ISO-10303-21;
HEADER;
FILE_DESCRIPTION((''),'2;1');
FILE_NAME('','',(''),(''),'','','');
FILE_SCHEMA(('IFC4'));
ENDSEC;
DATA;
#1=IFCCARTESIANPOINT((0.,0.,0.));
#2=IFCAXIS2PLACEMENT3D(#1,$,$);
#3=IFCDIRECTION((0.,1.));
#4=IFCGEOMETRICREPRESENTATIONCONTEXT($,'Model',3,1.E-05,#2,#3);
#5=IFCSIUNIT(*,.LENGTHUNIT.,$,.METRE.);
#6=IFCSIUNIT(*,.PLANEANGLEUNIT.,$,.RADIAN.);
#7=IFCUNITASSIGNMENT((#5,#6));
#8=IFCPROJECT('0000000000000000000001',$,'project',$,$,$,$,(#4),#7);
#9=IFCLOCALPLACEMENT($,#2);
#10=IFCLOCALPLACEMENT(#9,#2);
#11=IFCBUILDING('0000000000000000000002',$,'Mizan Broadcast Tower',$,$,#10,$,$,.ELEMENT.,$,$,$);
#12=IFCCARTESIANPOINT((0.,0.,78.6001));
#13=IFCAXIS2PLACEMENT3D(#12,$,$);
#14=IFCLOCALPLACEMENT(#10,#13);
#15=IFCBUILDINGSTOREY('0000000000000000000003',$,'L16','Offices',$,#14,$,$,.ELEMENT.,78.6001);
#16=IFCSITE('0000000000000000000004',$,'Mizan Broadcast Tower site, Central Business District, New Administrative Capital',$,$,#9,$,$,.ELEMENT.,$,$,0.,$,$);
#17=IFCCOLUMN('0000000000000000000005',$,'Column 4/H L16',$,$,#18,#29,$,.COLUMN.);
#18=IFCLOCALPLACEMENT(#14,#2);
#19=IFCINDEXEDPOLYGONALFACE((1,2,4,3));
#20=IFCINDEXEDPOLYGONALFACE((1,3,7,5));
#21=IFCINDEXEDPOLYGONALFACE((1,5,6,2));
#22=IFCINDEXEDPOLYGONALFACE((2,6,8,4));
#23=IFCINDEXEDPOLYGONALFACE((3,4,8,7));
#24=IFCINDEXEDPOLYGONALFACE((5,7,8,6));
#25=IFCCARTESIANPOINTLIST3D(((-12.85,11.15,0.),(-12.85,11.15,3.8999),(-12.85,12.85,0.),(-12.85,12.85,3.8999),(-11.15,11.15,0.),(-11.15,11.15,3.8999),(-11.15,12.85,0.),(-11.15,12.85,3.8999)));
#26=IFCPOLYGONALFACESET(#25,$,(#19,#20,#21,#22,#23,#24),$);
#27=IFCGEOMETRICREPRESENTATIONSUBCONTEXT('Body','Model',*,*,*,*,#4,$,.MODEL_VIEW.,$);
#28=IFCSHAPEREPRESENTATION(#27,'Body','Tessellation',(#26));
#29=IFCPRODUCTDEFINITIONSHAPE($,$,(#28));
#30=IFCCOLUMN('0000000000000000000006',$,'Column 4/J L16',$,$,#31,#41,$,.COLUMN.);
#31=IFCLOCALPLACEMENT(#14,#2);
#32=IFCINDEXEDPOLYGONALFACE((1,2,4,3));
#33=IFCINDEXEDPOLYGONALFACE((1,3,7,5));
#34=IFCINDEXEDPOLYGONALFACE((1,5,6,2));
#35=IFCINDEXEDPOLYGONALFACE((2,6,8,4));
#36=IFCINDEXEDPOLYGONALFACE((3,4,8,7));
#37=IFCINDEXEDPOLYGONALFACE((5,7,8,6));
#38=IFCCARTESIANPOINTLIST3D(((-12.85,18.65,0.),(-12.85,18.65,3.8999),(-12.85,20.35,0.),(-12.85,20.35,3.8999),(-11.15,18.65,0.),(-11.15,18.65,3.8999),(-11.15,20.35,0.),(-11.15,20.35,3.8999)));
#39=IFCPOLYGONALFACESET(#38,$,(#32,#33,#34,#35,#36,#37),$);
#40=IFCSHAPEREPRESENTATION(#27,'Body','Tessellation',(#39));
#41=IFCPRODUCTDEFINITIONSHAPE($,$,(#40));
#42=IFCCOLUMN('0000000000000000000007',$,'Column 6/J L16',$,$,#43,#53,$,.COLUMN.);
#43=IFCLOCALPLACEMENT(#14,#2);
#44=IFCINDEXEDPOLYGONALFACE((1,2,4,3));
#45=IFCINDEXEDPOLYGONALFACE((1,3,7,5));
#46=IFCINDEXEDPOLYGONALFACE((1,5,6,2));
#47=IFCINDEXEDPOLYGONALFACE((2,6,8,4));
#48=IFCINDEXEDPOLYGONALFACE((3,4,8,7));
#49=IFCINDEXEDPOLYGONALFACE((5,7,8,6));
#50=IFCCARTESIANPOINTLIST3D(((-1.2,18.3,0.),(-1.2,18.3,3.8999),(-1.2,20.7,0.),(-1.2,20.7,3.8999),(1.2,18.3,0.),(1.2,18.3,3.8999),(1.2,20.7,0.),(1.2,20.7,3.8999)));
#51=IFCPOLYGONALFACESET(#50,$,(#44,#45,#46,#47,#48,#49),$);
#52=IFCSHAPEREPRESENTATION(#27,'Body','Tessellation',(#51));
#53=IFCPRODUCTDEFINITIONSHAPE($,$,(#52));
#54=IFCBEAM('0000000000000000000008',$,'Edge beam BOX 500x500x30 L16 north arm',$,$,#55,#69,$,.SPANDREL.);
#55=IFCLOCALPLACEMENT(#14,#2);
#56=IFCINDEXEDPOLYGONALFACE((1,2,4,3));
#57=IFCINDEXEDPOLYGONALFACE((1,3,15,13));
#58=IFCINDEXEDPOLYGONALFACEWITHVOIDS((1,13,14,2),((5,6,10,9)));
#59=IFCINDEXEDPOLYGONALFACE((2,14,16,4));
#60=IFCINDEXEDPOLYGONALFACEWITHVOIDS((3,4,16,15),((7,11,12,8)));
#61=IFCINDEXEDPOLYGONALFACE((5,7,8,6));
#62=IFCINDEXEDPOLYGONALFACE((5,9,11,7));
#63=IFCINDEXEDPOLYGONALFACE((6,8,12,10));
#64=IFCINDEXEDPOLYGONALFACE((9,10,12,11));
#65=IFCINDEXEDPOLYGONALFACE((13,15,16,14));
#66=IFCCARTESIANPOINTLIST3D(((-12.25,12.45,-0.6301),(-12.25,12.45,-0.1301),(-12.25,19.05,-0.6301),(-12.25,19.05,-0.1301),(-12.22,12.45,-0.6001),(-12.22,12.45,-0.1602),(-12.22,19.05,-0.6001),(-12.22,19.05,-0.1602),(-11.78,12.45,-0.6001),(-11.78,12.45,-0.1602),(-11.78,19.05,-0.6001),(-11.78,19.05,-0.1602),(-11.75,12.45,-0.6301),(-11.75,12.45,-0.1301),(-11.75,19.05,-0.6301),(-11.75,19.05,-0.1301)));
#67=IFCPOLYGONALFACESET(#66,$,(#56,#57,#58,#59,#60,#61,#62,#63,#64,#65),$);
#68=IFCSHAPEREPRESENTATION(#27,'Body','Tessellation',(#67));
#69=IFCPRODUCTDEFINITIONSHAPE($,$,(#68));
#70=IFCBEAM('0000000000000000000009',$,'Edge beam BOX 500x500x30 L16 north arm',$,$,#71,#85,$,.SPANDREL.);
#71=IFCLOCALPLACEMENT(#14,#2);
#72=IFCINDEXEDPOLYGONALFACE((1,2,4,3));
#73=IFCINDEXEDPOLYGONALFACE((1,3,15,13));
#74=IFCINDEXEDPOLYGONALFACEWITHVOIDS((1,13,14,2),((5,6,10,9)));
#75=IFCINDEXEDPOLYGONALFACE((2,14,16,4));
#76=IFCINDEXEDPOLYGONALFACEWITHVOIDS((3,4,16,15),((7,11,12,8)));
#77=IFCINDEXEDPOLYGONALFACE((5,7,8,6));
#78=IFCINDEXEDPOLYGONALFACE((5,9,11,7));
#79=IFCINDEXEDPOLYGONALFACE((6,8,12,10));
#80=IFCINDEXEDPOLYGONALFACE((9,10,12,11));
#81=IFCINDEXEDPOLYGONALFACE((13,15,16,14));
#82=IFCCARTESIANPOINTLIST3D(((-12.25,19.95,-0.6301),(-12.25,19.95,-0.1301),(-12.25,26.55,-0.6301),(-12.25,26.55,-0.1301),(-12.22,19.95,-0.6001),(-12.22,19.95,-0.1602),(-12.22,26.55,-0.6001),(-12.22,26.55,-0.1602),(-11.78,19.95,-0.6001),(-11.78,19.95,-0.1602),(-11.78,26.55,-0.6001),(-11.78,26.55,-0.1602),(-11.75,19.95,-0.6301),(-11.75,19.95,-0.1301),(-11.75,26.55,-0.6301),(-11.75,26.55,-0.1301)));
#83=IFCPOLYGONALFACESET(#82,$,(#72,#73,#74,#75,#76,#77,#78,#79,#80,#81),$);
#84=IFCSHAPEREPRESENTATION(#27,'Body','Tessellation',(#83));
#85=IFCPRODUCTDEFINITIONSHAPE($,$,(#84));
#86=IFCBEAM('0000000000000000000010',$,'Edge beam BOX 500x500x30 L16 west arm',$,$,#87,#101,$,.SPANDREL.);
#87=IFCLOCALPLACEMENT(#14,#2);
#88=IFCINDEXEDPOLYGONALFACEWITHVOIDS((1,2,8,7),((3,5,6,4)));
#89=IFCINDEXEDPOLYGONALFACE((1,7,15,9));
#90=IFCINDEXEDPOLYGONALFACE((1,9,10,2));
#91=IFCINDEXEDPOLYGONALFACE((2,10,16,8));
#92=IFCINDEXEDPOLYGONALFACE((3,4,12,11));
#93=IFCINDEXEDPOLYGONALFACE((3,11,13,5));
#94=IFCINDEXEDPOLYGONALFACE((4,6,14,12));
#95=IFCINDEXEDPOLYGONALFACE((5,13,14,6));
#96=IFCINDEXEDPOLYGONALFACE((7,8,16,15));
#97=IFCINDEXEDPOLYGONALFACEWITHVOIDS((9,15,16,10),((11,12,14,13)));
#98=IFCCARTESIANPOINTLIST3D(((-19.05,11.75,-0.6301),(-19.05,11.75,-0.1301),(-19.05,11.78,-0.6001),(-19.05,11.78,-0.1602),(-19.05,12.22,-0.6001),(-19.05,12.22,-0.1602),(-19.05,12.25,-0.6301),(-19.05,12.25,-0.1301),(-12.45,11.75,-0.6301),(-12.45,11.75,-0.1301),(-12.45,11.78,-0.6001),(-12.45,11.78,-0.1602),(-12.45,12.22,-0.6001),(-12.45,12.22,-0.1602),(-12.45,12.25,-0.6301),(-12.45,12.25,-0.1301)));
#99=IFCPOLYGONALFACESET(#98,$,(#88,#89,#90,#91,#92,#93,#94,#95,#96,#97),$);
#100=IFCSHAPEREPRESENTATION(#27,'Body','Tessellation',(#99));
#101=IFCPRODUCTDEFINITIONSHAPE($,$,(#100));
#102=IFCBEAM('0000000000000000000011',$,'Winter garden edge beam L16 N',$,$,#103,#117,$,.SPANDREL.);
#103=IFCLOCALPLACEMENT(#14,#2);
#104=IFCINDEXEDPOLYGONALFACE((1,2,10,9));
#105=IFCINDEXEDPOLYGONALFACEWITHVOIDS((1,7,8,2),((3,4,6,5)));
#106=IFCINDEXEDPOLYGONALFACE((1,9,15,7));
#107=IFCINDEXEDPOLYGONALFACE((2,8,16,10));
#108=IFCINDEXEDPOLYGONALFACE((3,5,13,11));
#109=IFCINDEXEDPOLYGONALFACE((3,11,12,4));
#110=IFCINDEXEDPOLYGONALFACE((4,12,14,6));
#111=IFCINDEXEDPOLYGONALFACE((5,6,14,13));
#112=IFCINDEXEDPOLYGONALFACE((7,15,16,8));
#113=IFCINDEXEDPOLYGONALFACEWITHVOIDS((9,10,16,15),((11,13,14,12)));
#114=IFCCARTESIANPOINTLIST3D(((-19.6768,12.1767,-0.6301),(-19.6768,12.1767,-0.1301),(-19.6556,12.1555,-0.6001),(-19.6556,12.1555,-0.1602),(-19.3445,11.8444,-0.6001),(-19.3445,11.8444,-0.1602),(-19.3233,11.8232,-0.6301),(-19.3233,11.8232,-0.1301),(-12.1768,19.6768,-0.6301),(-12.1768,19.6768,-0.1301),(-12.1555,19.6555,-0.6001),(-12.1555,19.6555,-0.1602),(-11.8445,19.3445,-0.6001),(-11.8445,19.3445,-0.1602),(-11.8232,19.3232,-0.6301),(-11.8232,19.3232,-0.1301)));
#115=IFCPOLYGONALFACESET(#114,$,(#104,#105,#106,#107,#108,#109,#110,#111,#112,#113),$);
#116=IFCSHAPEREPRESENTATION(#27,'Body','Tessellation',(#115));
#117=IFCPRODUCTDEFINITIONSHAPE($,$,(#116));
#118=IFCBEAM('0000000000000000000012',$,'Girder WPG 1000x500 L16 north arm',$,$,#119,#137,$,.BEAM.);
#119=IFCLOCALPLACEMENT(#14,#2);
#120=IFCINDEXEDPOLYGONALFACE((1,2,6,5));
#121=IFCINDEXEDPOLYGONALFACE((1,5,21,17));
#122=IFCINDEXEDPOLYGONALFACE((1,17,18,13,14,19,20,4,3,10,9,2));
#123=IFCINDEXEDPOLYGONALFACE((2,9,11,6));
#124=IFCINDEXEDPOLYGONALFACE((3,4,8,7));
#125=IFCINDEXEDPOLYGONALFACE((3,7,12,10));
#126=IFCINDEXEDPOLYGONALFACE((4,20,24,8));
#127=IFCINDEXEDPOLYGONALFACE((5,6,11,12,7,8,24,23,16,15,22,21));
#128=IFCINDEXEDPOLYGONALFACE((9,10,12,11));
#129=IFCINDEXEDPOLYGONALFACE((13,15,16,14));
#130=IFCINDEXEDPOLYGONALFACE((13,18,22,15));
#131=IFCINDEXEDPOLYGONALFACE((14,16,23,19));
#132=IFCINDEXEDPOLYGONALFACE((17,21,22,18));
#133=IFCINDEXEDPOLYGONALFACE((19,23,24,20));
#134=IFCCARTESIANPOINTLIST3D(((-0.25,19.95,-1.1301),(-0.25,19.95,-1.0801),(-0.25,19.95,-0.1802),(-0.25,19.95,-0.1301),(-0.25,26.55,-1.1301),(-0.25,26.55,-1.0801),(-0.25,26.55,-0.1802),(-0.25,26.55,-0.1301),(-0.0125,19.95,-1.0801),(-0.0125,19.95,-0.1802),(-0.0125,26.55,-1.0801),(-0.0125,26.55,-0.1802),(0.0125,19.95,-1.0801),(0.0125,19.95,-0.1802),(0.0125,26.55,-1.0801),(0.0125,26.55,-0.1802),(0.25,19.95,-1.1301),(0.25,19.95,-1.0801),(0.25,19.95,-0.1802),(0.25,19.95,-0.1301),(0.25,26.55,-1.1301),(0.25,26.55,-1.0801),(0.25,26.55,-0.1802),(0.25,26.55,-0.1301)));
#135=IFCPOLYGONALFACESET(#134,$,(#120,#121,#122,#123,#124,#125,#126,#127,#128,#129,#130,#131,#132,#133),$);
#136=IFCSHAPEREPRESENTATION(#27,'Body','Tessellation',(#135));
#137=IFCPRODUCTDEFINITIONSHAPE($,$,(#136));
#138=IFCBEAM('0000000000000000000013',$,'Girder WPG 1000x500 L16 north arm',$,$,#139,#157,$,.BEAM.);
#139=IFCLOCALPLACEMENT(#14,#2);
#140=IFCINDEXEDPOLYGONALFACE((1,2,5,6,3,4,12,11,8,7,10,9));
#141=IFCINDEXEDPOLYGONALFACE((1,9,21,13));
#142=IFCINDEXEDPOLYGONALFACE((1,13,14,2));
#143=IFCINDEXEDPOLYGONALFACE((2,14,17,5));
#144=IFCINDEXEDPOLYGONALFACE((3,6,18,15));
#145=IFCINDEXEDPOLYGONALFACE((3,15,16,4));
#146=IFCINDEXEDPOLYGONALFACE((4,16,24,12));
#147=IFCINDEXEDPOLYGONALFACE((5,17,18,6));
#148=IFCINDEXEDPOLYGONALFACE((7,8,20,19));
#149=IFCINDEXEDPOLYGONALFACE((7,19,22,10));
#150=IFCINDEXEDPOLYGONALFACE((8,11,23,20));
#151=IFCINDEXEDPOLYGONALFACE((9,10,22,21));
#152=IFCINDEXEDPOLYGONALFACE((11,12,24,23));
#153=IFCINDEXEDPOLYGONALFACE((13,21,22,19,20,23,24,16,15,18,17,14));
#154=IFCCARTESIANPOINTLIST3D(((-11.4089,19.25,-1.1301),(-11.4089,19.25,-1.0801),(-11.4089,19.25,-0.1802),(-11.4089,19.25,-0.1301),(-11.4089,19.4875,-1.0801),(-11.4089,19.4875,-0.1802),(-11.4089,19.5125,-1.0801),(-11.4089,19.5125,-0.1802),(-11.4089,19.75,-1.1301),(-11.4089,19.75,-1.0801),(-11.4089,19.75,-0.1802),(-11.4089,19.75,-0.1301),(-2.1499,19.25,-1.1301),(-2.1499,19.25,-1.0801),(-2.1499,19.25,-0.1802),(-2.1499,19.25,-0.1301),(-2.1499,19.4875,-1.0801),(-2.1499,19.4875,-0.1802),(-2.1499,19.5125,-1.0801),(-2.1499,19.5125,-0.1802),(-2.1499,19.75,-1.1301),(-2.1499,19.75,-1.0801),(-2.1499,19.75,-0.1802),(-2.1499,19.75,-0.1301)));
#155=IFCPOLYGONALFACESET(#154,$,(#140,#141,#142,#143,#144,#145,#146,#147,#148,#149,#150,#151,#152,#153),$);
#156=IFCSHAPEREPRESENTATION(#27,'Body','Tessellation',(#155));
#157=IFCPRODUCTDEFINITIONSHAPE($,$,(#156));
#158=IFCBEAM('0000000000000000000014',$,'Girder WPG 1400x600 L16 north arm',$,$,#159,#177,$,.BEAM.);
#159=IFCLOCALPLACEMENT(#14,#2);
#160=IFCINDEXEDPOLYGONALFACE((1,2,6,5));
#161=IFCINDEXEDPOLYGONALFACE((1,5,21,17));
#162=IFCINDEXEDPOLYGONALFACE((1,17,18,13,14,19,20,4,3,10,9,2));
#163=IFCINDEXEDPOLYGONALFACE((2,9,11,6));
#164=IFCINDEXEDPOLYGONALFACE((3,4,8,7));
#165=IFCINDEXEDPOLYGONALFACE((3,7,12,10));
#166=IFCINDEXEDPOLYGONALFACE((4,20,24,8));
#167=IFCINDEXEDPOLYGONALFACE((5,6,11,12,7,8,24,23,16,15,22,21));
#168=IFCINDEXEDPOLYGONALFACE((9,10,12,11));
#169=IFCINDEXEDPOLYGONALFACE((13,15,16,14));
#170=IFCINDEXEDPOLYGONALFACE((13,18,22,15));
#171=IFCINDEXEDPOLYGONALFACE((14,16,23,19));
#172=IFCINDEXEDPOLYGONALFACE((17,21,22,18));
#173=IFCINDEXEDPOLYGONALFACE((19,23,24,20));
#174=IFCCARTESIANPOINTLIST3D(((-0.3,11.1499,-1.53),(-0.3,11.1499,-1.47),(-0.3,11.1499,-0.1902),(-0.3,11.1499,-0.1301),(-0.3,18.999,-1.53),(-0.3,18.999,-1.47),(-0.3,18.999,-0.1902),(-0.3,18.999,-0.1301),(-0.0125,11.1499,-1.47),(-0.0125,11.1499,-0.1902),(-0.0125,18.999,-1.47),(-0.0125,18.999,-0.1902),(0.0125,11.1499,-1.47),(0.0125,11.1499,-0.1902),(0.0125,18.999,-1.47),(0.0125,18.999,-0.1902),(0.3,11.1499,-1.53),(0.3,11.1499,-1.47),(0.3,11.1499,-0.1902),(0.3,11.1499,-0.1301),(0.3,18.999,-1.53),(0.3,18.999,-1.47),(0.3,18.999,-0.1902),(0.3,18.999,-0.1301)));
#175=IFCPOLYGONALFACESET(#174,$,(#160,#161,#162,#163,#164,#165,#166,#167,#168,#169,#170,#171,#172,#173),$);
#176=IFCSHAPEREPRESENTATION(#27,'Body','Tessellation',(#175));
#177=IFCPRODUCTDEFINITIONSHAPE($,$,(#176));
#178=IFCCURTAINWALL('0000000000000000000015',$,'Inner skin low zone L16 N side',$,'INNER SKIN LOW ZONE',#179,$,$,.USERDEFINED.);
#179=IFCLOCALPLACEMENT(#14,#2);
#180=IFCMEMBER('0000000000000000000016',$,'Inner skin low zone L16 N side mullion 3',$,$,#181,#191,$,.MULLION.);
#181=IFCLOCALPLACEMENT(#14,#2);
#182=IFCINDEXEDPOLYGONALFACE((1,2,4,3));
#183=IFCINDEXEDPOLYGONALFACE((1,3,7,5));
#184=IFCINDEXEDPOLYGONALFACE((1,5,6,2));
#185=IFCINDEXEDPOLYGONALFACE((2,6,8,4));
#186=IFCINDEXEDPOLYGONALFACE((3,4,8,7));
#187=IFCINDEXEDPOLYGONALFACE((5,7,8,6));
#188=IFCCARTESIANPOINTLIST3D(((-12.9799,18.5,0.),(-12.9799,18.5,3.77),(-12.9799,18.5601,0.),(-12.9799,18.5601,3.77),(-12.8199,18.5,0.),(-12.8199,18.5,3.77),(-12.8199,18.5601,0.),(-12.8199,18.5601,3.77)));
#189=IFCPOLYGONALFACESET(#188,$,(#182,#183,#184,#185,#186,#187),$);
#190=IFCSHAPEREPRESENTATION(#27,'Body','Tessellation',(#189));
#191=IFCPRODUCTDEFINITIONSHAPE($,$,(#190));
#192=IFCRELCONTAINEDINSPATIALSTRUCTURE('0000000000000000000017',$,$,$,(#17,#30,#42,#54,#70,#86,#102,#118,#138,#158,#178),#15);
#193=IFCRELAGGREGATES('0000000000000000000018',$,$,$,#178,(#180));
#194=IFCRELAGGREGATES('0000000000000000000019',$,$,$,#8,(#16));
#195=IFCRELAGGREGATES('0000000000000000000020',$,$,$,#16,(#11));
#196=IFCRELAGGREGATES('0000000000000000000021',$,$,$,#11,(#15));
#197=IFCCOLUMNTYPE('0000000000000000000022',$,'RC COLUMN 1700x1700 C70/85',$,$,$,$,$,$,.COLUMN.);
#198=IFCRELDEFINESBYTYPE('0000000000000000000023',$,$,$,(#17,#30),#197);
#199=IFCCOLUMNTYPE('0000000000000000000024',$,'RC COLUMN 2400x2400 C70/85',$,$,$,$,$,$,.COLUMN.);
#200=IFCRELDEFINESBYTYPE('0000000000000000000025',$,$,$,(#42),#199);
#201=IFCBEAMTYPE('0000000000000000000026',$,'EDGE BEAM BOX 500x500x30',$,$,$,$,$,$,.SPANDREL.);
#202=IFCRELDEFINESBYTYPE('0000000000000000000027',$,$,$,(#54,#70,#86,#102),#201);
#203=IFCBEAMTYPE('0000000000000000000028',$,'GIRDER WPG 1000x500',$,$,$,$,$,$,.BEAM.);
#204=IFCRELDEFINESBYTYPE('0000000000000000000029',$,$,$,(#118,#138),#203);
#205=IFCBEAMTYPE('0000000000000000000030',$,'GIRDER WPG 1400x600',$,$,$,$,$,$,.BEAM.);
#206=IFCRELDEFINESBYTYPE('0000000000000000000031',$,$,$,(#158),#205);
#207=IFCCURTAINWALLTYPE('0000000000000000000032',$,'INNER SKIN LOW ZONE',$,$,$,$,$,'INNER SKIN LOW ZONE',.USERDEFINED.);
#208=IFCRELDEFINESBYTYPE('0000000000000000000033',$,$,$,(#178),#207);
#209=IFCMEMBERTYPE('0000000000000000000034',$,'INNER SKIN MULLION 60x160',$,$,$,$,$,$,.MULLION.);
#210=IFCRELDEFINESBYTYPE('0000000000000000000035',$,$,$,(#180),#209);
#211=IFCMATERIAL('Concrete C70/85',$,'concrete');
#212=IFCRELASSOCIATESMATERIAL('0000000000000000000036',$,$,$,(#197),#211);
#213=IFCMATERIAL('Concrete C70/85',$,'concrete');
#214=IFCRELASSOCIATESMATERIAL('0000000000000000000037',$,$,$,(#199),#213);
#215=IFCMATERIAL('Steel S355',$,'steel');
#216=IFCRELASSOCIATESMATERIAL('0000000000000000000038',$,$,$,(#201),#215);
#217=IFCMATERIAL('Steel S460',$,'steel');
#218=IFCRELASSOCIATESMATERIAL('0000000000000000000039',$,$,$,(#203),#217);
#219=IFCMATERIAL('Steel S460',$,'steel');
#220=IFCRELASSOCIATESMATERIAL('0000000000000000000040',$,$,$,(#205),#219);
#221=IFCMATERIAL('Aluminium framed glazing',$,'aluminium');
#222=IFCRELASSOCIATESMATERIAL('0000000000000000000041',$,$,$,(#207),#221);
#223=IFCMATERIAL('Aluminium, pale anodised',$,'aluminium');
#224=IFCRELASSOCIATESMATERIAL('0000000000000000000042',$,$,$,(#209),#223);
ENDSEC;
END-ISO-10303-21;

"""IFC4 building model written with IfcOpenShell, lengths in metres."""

from ifc_helpers import new_model, si_unit, direction, frame, origin, origin_2d, place, context, subcontext, project, spatial, rectangle, hollow_rectangle, i_section, extrude, material, material_profile, profile_set, type_object, element, aggregate, save


model = new_model("IFC4")

# Units and contexts
model_context = context("Model", 3, precision=1e-05, world=origin(), true_north=direction((0.0, 1.0)))
body_context = subcontext(model_context, "Body", "Model", "MODEL_VIEW")
ifc_project = project(units=[si_unit("LENGTHUNIT", "METRE"), si_unit("PLANEANGLEUNIT", "RADIAN")], contexts=[model_context])

# Site, building, storey
site_placement = place(None, origin())
site = spatial("IfcSite", under=ifc_project, at=site_placement, Name="Mizan Broadcast Tower site, Central Business District, New Administrative Capital", CompositionType="ELEMENT", RefElevation=0.0)
building_placement = place(site_placement, origin())
building = spatial("IfcBuilding", under=site, at=building_placement, Name="Mizan Broadcast Tower", CompositionType="ELEMENT")
storey_placement = place(building_placement, frame((0.0, 0.0, 78.6001)))
storey = spatial("IfcBuildingStorey", under=building, at=storey_placement, Name="L16", Description="Offices", CompositionType="ELEMENT", Elevation=78.6001)

# Columns
ifc_material_1 = material(Name="Concrete C70/85", Category="concrete")
ifc_material_profile_1 = material_profile(ifc_material_1, rectangle(XDim=1.7, YDim=1.7, at=origin_2d()), Name="RC 1700x1700")
ifc_profile_set_1 = profile_set([ifc_material_profile_1], Name="Concrete C70/85")
column_type_1 = type_object("IfcColumnType", Name="RC COLUMN 1700x1700 C70/85", PredefinedType="COLUMN", material=ifc_profile_set_1)
for number, where, z_axis, x_axis, name in (
    (1, (-12.0, 12.0, 0.0), (0.0, 0.0, 1.0), (1.0, 0.0, 0.0), "Column 4/H L16"),
    (2, (-12.0, 19.5, 0.0), (0.0, 0.0, 1.0), (1.0, 0.0, 0.0), "Column 4/J L16"),
):
    element("IfcColumn", number, at=place(storey_placement, frame(where, z_axis=z_axis, x_axis=x_axis)), inside=storey, type_object=column_type_1, Name=name, PredefinedType="COLUMN", context=body_context, shape_type="SweptSolid", body=[
        extrude(rectangle(XDim=1.7, YDim=1.7, at=origin_2d()), origin(), (0.0, 0.0, 1.0), 3.8999),
    ])
ifc_material_2 = material(Name="Concrete C70/85", Category="concrete")
ifc_material_profile_2 = material_profile(ifc_material_2, rectangle(XDim=2.3999, YDim=2.3999, at=origin_2d()), Name="RC 2400x2400")
ifc_profile_set_2 = profile_set([ifc_material_profile_2], Name="Concrete C70/85")
column_type_2 = type_object("IfcColumnType", Name="RC COLUMN 2400x2400 C70/85", PredefinedType="COLUMN", material=ifc_profile_set_2)
column_placement = place(storey_placement, frame((0.0, 19.5, 0.0), z_axis=(0.0, 0.0, 1.0), x_axis=(1.0, 0.0, 0.0)))
element("IfcColumn", 3, at=column_placement, inside=storey, type_object=column_type_2, Name="Column 6/J L16", PredefinedType="COLUMN", context=body_context, shape_type="SweptSolid", body=[
    extrude(rectangle(XDim=2.3999, YDim=2.3999, at=origin_2d()), origin(), (0.0, 0.0, 1.0), 3.8999),
])

# Beams
ifc_material_3 = material(Name="Steel S355", Category="steel")
ifc_material_profile_3 = material_profile(ifc_material_3, hollow_rectangle(XDim=0.5, YDim=0.5, WallThickness=0.03, at=origin_2d()), Name="BOX 500x500x30")
ifc_profile_set_3 = profile_set([ifc_material_profile_3], Name="Steel S355")
beam_type_1 = type_object("IfcBeamType", Name="EDGE BEAM BOX 500x500x30", PredefinedType="SPANDREL", material=ifc_profile_set_3)
for number, where, z_axis, x_axis, name in (
    (4, (-12.0, 12.45, -0.3801), (0.0, 1.0, 0.0), (-1.0, 0.0, 0.0), "Edge beam BOX 500x500x30 L16 north arm"),
    (5, (-12.0, 19.95, -0.3801), (0.0, 1.0, 0.0), (-1.0, 0.0, 0.0), "Edge beam BOX 500x500x30 L16 north arm"),
    (6, (-12.45, 12.0, -0.3801), (-1.0, 0.0, 0.0), (0.0, -1.0, 0.0), "Edge beam BOX 500x500x30 L16 west arm"),
):
    element("IfcBeam", number, at=place(storey_placement, frame(where, z_axis=z_axis, x_axis=x_axis)), inside=storey, type_object=beam_type_1, Name=name, PredefinedType="SPANDREL", context=body_context, shape_type="SweptSolid", body=[
        extrude(hollow_rectangle(XDim=0.5, YDim=0.5, WallThickness=0.03, at=origin_2d()), origin(), (0.0, 0.0, 1.0), 6.6001),
    ])
beam_1_placement = place(storey_placement, frame((-12.0, 19.5, -0.3801), z_axis=(-0.707107, -0.707107, 0.0), x_axis=(0.707107, -0.707107, 0.0)))
element("IfcBeam", 7, at=beam_1_placement, inside=storey, type_object=beam_type_1, Name="Winter garden edge beam L16 N", PredefinedType="SPANDREL", context=body_context, shape_type="SweptSolid", body=[
    extrude(hollow_rectangle(XDim=0.5, YDim=0.5, WallThickness=0.03, at=origin_2d()), origin(), (0.0, 0.0, 1.0), 10.6067),
])
ifc_material_4 = material(Name="Steel S460", Category="steel")
ifc_material_profile_4 = material_profile(ifc_material_4, i_section(OverallWidth=0.5, OverallDepth=1.0, WebThickness=0.0249, FlangeThickness=0.05, at=origin_2d()), Name="WPG 1000x500")
ifc_profile_set_4 = profile_set([ifc_material_profile_4], Name="Steel S460")
beam_type_2 = type_object("IfcBeamType", Name="GIRDER WPG 1000x500", PredefinedType="BEAM", material=ifc_profile_set_4)
beam_2_placement = place(storey_placement, frame((0.0, 19.95, -0.6301), z_axis=(0.0, 1.0, 0.0), x_axis=(-1.0, 0.0, 0.0)))
element("IfcBeam", 8, at=beam_2_placement, inside=storey, type_object=beam_type_2, Name="Girder WPG 1000x500 L16 north arm", PredefinedType="BEAM", context=body_context, shape_type="SweptSolid", body=[
    extrude(i_section(OverallWidth=0.5, OverallDepth=1.0, WebThickness=0.0249, FlangeThickness=0.05, at=origin_2d()), origin(), (0.0, 0.0, 1.0), 6.6001),
])
beam_3_placement = place(storey_placement, frame((-11.4089, 19.5, -0.6301), z_axis=(1.0, 0.0, 0.0), x_axis=(0.0, 1.0, 0.0)))
element("IfcBeam", 9, at=beam_3_placement, inside=storey, type_object=beam_type_2, Name="Girder WPG 1000x500 L16 north arm", PredefinedType="BEAM", context=body_context, shape_type="SweptSolid", body=[
    extrude(i_section(OverallWidth=0.5, OverallDepth=1.0, WebThickness=0.0249, FlangeThickness=0.05, at=origin_2d()), origin(), (0.0, 0.0, 1.0), 9.259),
])
ifc_material_5 = material(Name="Steel S460", Category="steel")
ifc_material_profile_5 = material_profile(ifc_material_5, i_section(OverallWidth=0.6001, OverallDepth=1.3999, WebThickness=0.0249, FlangeThickness=0.0601, at=origin_2d()), Name="WPG 1400x600")
ifc_profile_set_5 = profile_set([ifc_material_profile_5], Name="Steel S460")
beam_type_3 = type_object("IfcBeamType", Name="GIRDER WPG 1400x600", PredefinedType="BEAM", material=ifc_profile_set_5)
beam_4_placement = place(storey_placement, frame((0.0, 11.1499, -0.8301), z_axis=(0.0, 1.0, 0.0), x_axis=(-1.0, 0.0, 0.0)))
element("IfcBeam", 10, at=beam_4_placement, inside=storey, type_object=beam_type_3, Name="Girder WPG 1400x600 L16 north arm", PredefinedType="BEAM", context=body_context, shape_type="SweptSolid", body=[
    extrude(i_section(OverallWidth=0.6001, OverallDepth=1.3999, WebThickness=0.0249, FlangeThickness=0.0601, at=origin_2d()), origin(), (0.0, 0.0, 1.0), 7.8491),
])

# Curtain wall, member
ifc_material_6 = material(Name="Aluminium framed glazing", Category="aluminium")
curtain_wall_type = type_object("IfcCurtainWallType", Name="INNER SKIN LOW ZONE", ElementType="INNER SKIN LOW ZONE", PredefinedType="USERDEFINED", material=ifc_material_6)
curtain_wall_placement = place(storey_placement, origin())
curtain_wall = element("IfcCurtainWall", 11, at=curtain_wall_placement, inside=storey, type_object=curtain_wall_type, Name="Inner skin low zone L16 N side", ObjectType="INNER SKIN LOW ZONE", PredefinedType="USERDEFINED")
ifc_material_7 = material(Name="Aluminium, pale anodised", Category="aluminium")
ifc_material_profile_6 = material_profile(ifc_material_7, rectangle(XDim=0.1599, YDim=0.0601, at=origin_2d()), Name="MULLION 160x60")
ifc_profile_set_6 = profile_set([ifc_material_profile_6], Name="Aluminium, pale anodised")
member_type = type_object("IfcMemberType", Name="INNER SKIN MULLION 60x160", PredefinedType="MULLION", material=ifc_profile_set_6)
member_placement = place(storey_placement, frame((-12.8999, 18.53, 0.0), z_axis=(0.0, 0.0, 1.0), x_axis=(1.0, 0.0, 0.0)))
member = element("IfcMember", 12, at=member_placement, type_object=member_type, Name="Inner skin low zone L16 N side mullion 3", PredefinedType="MULLION", context=body_context, shape_type="SweptSolid", body=[
    extrude(rectangle(XDim=0.1599, YDim=0.0601, at=origin_2d()), origin(), (0.0, 0.0, 1.0), 3.77),
])

aggregate(curtain_wall, [member])

save(model, "model.ifc")
